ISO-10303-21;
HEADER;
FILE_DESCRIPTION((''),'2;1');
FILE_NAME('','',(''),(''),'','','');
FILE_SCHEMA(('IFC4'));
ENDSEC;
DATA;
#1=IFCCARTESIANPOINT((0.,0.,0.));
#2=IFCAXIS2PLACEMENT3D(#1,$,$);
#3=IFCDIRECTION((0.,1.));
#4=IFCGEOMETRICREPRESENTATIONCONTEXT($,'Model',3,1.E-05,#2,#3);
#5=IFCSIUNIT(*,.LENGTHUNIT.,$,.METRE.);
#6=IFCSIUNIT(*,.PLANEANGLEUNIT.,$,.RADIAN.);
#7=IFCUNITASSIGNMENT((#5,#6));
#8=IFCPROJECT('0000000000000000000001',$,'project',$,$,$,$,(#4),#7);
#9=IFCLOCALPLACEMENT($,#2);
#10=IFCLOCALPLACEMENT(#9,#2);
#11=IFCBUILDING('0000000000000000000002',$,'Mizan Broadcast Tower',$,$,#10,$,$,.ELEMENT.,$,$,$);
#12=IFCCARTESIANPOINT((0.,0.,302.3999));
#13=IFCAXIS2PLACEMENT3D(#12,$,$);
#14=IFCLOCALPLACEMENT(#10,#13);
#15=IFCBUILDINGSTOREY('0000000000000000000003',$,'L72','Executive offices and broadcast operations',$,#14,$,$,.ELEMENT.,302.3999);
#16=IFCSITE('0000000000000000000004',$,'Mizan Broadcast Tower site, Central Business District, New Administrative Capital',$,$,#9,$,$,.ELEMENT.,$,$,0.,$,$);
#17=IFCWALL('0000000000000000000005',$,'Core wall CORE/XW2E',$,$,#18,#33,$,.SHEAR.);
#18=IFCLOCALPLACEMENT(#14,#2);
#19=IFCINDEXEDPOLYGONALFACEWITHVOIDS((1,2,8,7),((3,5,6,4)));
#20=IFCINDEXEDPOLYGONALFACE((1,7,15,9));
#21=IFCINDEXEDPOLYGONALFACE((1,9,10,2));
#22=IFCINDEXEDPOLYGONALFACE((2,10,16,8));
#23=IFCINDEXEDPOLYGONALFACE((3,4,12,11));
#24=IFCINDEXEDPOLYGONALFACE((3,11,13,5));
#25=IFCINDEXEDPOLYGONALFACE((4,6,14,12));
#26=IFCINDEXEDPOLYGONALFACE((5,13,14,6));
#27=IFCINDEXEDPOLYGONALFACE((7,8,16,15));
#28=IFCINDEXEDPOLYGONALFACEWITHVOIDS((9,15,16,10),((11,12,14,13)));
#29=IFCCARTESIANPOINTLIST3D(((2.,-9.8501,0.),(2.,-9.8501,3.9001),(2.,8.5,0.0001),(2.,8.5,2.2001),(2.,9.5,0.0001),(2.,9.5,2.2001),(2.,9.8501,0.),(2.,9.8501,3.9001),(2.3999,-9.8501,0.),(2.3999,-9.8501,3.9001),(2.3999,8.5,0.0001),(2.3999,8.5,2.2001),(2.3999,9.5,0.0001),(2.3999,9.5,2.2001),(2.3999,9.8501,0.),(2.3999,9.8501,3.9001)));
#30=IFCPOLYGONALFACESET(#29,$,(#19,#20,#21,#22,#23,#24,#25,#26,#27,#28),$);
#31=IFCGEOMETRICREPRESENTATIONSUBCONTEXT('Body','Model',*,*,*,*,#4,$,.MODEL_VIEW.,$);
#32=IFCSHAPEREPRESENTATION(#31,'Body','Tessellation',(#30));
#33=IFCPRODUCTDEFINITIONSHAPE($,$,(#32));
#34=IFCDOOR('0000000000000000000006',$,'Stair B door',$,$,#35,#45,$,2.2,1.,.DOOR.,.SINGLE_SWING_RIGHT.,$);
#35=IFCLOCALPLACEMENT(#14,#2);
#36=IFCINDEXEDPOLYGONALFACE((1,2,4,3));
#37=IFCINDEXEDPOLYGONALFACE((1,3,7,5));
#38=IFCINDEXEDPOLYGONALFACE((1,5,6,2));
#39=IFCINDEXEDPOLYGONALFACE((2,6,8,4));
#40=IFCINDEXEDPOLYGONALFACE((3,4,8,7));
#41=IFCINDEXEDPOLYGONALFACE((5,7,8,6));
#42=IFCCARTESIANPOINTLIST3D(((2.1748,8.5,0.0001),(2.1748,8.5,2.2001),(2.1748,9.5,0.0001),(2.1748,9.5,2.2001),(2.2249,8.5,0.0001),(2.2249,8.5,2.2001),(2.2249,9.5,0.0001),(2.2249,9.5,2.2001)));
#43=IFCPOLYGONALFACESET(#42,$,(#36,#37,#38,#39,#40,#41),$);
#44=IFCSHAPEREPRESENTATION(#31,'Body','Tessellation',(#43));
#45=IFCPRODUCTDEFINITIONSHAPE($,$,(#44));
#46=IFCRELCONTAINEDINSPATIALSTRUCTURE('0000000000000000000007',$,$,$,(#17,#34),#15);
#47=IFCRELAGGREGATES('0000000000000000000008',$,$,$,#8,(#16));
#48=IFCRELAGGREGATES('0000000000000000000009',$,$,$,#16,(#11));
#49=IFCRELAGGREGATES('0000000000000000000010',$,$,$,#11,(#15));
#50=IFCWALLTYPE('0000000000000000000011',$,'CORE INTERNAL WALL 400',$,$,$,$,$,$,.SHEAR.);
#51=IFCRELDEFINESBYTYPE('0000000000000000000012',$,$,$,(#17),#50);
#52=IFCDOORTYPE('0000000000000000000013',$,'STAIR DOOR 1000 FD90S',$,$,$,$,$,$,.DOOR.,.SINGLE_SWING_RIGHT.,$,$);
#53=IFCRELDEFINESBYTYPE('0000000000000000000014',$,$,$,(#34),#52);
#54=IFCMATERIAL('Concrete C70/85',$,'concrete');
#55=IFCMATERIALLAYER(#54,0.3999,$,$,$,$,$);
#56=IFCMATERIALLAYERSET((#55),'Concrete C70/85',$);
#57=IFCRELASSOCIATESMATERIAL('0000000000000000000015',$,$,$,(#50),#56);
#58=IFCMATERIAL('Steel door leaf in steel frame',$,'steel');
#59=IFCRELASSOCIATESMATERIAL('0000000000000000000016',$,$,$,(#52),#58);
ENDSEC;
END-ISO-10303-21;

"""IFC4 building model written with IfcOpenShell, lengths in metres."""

from ifc_helpers import new_model, si_unit, direction, frame, frame_2d, origin, place, context, subcontext, project, spatial, rectangle, extrude, material, layer, layer_set, type_object, element, fill, save


model = new_model("IFC4")

# Units and contexts
model_context = context("Model", 3, precision=1e-05, world=origin(), true_north=direction((0.0, 1.0)))
body_context = subcontext(model_context, "Body", "Model", "MODEL_VIEW")
ifc_project = project(units=[si_unit("LENGTHUNIT", "METRE"), si_unit("PLANEANGLEUNIT", "RADIAN")], contexts=[model_context])

# Site, building, storey
site_placement = place(None, origin())
site = spatial("IfcSite", under=ifc_project, at=site_placement, Name="Mizan Broadcast Tower site, Central Business District, New Administrative Capital", CompositionType="ELEMENT", RefElevation=0.0)
building_placement = place(site_placement, origin())
building = spatial("IfcBuilding", under=site, at=building_placement, Name="Mizan Broadcast Tower", CompositionType="ELEMENT")
storey_placement = place(building_placement, frame((0.0, 0.0, 302.3999)))
storey = spatial("IfcBuildingStorey", under=building, at=storey_placement, Name="L72", Description="Executive offices and broadcast operations", CompositionType="ELEMENT", Elevation=302.3999)

# Shared definitions
ifc_material_1 = material(Name="Concrete C70/85", Category="concrete")
ifc_layer_1 = layer(ifc_material_1, 0.3999)
ifc_layer_set_1 = layer_set([ifc_layer_1], Name="Concrete C70/85")
wall_type = type_object("IfcWallType", Name="CORE INTERNAL WALL 400", PredefinedType="SHEAR", material=ifc_layer_set_1)

# Wall, opening, door
wall_1_placement = place(storey_placement, frame((2.2, 9.8501, 0.0), z_axis=(0.0, 0.0, 1.0), x_axis=(0.0, -1.0, 0.0)))
wall_1 = element("IfcWall", 1, at=wall_1_placement, inside=storey, type_object=wall_type, Name="Core wall CORE/XW2E", PredefinedType="SHEAR", context=body_context, shape_type="SweptSolid", body=[
    extrude(rectangle(XDim=19.7002, YDim=0.3999, at=frame_2d((9.8501, 0.0))), origin(), (0.0, 0.0, 1.0), 3.9001),
])
opening_1_placement = place(wall_1_placement, frame((0.3501, 0.0, 0.0)))
opening_1 = element("IfcOpeningElement", 2, at=opening_1_placement, cuts=wall_1, PredefinedType="OPENING", context=body_context, shape_type="SweptSolid", body=[
    extrude(rectangle(XDim=1.0, YDim=2.2, at=frame_2d((0.5, 1.1001))), frame((0.0, 0.21, 0.0), z_axis=(0.0, -1.0, 0.0), x_axis=(1.0, 0.0, 0.0)), (0.0, 0.0, 1.0), 0.4199),
])
ifc_material_2 = material(Name="Steel door leaf in steel frame", Category="steel")
door_type_1 = type_object("IfcDoorType", Name="STAIR DOOR 1000 FD90S", OperationType="SINGLE_SWING_RIGHT", PredefinedType="DOOR", material=ifc_material_2)
door_1_placement = place(opening_1_placement, origin())
door_1 = element("IfcDoor", 3, at=door_1_placement, inside=storey, type_object=door_type_1, Name="Stair B door", OperationType="SINGLE_SWING_RIGHT", OverallHeight=2.2, OverallWidth=1.0, PredefinedType="DOOR", context=body_context, shape_type="SweptSolid", body=[
    extrude(rectangle(XDim=1.0, YDim=2.2, at=frame_2d((0.5, 1.1001))), frame((0.0, 0.0249, 0.0), z_axis=(0.0, -1.0, 0.0), x_axis=(1.0, 0.0, 0.0)), (0.0, 0.0, 1.0), 0.05),
])
fill(opening_1, door_1)

save(model, "model.ifc")
